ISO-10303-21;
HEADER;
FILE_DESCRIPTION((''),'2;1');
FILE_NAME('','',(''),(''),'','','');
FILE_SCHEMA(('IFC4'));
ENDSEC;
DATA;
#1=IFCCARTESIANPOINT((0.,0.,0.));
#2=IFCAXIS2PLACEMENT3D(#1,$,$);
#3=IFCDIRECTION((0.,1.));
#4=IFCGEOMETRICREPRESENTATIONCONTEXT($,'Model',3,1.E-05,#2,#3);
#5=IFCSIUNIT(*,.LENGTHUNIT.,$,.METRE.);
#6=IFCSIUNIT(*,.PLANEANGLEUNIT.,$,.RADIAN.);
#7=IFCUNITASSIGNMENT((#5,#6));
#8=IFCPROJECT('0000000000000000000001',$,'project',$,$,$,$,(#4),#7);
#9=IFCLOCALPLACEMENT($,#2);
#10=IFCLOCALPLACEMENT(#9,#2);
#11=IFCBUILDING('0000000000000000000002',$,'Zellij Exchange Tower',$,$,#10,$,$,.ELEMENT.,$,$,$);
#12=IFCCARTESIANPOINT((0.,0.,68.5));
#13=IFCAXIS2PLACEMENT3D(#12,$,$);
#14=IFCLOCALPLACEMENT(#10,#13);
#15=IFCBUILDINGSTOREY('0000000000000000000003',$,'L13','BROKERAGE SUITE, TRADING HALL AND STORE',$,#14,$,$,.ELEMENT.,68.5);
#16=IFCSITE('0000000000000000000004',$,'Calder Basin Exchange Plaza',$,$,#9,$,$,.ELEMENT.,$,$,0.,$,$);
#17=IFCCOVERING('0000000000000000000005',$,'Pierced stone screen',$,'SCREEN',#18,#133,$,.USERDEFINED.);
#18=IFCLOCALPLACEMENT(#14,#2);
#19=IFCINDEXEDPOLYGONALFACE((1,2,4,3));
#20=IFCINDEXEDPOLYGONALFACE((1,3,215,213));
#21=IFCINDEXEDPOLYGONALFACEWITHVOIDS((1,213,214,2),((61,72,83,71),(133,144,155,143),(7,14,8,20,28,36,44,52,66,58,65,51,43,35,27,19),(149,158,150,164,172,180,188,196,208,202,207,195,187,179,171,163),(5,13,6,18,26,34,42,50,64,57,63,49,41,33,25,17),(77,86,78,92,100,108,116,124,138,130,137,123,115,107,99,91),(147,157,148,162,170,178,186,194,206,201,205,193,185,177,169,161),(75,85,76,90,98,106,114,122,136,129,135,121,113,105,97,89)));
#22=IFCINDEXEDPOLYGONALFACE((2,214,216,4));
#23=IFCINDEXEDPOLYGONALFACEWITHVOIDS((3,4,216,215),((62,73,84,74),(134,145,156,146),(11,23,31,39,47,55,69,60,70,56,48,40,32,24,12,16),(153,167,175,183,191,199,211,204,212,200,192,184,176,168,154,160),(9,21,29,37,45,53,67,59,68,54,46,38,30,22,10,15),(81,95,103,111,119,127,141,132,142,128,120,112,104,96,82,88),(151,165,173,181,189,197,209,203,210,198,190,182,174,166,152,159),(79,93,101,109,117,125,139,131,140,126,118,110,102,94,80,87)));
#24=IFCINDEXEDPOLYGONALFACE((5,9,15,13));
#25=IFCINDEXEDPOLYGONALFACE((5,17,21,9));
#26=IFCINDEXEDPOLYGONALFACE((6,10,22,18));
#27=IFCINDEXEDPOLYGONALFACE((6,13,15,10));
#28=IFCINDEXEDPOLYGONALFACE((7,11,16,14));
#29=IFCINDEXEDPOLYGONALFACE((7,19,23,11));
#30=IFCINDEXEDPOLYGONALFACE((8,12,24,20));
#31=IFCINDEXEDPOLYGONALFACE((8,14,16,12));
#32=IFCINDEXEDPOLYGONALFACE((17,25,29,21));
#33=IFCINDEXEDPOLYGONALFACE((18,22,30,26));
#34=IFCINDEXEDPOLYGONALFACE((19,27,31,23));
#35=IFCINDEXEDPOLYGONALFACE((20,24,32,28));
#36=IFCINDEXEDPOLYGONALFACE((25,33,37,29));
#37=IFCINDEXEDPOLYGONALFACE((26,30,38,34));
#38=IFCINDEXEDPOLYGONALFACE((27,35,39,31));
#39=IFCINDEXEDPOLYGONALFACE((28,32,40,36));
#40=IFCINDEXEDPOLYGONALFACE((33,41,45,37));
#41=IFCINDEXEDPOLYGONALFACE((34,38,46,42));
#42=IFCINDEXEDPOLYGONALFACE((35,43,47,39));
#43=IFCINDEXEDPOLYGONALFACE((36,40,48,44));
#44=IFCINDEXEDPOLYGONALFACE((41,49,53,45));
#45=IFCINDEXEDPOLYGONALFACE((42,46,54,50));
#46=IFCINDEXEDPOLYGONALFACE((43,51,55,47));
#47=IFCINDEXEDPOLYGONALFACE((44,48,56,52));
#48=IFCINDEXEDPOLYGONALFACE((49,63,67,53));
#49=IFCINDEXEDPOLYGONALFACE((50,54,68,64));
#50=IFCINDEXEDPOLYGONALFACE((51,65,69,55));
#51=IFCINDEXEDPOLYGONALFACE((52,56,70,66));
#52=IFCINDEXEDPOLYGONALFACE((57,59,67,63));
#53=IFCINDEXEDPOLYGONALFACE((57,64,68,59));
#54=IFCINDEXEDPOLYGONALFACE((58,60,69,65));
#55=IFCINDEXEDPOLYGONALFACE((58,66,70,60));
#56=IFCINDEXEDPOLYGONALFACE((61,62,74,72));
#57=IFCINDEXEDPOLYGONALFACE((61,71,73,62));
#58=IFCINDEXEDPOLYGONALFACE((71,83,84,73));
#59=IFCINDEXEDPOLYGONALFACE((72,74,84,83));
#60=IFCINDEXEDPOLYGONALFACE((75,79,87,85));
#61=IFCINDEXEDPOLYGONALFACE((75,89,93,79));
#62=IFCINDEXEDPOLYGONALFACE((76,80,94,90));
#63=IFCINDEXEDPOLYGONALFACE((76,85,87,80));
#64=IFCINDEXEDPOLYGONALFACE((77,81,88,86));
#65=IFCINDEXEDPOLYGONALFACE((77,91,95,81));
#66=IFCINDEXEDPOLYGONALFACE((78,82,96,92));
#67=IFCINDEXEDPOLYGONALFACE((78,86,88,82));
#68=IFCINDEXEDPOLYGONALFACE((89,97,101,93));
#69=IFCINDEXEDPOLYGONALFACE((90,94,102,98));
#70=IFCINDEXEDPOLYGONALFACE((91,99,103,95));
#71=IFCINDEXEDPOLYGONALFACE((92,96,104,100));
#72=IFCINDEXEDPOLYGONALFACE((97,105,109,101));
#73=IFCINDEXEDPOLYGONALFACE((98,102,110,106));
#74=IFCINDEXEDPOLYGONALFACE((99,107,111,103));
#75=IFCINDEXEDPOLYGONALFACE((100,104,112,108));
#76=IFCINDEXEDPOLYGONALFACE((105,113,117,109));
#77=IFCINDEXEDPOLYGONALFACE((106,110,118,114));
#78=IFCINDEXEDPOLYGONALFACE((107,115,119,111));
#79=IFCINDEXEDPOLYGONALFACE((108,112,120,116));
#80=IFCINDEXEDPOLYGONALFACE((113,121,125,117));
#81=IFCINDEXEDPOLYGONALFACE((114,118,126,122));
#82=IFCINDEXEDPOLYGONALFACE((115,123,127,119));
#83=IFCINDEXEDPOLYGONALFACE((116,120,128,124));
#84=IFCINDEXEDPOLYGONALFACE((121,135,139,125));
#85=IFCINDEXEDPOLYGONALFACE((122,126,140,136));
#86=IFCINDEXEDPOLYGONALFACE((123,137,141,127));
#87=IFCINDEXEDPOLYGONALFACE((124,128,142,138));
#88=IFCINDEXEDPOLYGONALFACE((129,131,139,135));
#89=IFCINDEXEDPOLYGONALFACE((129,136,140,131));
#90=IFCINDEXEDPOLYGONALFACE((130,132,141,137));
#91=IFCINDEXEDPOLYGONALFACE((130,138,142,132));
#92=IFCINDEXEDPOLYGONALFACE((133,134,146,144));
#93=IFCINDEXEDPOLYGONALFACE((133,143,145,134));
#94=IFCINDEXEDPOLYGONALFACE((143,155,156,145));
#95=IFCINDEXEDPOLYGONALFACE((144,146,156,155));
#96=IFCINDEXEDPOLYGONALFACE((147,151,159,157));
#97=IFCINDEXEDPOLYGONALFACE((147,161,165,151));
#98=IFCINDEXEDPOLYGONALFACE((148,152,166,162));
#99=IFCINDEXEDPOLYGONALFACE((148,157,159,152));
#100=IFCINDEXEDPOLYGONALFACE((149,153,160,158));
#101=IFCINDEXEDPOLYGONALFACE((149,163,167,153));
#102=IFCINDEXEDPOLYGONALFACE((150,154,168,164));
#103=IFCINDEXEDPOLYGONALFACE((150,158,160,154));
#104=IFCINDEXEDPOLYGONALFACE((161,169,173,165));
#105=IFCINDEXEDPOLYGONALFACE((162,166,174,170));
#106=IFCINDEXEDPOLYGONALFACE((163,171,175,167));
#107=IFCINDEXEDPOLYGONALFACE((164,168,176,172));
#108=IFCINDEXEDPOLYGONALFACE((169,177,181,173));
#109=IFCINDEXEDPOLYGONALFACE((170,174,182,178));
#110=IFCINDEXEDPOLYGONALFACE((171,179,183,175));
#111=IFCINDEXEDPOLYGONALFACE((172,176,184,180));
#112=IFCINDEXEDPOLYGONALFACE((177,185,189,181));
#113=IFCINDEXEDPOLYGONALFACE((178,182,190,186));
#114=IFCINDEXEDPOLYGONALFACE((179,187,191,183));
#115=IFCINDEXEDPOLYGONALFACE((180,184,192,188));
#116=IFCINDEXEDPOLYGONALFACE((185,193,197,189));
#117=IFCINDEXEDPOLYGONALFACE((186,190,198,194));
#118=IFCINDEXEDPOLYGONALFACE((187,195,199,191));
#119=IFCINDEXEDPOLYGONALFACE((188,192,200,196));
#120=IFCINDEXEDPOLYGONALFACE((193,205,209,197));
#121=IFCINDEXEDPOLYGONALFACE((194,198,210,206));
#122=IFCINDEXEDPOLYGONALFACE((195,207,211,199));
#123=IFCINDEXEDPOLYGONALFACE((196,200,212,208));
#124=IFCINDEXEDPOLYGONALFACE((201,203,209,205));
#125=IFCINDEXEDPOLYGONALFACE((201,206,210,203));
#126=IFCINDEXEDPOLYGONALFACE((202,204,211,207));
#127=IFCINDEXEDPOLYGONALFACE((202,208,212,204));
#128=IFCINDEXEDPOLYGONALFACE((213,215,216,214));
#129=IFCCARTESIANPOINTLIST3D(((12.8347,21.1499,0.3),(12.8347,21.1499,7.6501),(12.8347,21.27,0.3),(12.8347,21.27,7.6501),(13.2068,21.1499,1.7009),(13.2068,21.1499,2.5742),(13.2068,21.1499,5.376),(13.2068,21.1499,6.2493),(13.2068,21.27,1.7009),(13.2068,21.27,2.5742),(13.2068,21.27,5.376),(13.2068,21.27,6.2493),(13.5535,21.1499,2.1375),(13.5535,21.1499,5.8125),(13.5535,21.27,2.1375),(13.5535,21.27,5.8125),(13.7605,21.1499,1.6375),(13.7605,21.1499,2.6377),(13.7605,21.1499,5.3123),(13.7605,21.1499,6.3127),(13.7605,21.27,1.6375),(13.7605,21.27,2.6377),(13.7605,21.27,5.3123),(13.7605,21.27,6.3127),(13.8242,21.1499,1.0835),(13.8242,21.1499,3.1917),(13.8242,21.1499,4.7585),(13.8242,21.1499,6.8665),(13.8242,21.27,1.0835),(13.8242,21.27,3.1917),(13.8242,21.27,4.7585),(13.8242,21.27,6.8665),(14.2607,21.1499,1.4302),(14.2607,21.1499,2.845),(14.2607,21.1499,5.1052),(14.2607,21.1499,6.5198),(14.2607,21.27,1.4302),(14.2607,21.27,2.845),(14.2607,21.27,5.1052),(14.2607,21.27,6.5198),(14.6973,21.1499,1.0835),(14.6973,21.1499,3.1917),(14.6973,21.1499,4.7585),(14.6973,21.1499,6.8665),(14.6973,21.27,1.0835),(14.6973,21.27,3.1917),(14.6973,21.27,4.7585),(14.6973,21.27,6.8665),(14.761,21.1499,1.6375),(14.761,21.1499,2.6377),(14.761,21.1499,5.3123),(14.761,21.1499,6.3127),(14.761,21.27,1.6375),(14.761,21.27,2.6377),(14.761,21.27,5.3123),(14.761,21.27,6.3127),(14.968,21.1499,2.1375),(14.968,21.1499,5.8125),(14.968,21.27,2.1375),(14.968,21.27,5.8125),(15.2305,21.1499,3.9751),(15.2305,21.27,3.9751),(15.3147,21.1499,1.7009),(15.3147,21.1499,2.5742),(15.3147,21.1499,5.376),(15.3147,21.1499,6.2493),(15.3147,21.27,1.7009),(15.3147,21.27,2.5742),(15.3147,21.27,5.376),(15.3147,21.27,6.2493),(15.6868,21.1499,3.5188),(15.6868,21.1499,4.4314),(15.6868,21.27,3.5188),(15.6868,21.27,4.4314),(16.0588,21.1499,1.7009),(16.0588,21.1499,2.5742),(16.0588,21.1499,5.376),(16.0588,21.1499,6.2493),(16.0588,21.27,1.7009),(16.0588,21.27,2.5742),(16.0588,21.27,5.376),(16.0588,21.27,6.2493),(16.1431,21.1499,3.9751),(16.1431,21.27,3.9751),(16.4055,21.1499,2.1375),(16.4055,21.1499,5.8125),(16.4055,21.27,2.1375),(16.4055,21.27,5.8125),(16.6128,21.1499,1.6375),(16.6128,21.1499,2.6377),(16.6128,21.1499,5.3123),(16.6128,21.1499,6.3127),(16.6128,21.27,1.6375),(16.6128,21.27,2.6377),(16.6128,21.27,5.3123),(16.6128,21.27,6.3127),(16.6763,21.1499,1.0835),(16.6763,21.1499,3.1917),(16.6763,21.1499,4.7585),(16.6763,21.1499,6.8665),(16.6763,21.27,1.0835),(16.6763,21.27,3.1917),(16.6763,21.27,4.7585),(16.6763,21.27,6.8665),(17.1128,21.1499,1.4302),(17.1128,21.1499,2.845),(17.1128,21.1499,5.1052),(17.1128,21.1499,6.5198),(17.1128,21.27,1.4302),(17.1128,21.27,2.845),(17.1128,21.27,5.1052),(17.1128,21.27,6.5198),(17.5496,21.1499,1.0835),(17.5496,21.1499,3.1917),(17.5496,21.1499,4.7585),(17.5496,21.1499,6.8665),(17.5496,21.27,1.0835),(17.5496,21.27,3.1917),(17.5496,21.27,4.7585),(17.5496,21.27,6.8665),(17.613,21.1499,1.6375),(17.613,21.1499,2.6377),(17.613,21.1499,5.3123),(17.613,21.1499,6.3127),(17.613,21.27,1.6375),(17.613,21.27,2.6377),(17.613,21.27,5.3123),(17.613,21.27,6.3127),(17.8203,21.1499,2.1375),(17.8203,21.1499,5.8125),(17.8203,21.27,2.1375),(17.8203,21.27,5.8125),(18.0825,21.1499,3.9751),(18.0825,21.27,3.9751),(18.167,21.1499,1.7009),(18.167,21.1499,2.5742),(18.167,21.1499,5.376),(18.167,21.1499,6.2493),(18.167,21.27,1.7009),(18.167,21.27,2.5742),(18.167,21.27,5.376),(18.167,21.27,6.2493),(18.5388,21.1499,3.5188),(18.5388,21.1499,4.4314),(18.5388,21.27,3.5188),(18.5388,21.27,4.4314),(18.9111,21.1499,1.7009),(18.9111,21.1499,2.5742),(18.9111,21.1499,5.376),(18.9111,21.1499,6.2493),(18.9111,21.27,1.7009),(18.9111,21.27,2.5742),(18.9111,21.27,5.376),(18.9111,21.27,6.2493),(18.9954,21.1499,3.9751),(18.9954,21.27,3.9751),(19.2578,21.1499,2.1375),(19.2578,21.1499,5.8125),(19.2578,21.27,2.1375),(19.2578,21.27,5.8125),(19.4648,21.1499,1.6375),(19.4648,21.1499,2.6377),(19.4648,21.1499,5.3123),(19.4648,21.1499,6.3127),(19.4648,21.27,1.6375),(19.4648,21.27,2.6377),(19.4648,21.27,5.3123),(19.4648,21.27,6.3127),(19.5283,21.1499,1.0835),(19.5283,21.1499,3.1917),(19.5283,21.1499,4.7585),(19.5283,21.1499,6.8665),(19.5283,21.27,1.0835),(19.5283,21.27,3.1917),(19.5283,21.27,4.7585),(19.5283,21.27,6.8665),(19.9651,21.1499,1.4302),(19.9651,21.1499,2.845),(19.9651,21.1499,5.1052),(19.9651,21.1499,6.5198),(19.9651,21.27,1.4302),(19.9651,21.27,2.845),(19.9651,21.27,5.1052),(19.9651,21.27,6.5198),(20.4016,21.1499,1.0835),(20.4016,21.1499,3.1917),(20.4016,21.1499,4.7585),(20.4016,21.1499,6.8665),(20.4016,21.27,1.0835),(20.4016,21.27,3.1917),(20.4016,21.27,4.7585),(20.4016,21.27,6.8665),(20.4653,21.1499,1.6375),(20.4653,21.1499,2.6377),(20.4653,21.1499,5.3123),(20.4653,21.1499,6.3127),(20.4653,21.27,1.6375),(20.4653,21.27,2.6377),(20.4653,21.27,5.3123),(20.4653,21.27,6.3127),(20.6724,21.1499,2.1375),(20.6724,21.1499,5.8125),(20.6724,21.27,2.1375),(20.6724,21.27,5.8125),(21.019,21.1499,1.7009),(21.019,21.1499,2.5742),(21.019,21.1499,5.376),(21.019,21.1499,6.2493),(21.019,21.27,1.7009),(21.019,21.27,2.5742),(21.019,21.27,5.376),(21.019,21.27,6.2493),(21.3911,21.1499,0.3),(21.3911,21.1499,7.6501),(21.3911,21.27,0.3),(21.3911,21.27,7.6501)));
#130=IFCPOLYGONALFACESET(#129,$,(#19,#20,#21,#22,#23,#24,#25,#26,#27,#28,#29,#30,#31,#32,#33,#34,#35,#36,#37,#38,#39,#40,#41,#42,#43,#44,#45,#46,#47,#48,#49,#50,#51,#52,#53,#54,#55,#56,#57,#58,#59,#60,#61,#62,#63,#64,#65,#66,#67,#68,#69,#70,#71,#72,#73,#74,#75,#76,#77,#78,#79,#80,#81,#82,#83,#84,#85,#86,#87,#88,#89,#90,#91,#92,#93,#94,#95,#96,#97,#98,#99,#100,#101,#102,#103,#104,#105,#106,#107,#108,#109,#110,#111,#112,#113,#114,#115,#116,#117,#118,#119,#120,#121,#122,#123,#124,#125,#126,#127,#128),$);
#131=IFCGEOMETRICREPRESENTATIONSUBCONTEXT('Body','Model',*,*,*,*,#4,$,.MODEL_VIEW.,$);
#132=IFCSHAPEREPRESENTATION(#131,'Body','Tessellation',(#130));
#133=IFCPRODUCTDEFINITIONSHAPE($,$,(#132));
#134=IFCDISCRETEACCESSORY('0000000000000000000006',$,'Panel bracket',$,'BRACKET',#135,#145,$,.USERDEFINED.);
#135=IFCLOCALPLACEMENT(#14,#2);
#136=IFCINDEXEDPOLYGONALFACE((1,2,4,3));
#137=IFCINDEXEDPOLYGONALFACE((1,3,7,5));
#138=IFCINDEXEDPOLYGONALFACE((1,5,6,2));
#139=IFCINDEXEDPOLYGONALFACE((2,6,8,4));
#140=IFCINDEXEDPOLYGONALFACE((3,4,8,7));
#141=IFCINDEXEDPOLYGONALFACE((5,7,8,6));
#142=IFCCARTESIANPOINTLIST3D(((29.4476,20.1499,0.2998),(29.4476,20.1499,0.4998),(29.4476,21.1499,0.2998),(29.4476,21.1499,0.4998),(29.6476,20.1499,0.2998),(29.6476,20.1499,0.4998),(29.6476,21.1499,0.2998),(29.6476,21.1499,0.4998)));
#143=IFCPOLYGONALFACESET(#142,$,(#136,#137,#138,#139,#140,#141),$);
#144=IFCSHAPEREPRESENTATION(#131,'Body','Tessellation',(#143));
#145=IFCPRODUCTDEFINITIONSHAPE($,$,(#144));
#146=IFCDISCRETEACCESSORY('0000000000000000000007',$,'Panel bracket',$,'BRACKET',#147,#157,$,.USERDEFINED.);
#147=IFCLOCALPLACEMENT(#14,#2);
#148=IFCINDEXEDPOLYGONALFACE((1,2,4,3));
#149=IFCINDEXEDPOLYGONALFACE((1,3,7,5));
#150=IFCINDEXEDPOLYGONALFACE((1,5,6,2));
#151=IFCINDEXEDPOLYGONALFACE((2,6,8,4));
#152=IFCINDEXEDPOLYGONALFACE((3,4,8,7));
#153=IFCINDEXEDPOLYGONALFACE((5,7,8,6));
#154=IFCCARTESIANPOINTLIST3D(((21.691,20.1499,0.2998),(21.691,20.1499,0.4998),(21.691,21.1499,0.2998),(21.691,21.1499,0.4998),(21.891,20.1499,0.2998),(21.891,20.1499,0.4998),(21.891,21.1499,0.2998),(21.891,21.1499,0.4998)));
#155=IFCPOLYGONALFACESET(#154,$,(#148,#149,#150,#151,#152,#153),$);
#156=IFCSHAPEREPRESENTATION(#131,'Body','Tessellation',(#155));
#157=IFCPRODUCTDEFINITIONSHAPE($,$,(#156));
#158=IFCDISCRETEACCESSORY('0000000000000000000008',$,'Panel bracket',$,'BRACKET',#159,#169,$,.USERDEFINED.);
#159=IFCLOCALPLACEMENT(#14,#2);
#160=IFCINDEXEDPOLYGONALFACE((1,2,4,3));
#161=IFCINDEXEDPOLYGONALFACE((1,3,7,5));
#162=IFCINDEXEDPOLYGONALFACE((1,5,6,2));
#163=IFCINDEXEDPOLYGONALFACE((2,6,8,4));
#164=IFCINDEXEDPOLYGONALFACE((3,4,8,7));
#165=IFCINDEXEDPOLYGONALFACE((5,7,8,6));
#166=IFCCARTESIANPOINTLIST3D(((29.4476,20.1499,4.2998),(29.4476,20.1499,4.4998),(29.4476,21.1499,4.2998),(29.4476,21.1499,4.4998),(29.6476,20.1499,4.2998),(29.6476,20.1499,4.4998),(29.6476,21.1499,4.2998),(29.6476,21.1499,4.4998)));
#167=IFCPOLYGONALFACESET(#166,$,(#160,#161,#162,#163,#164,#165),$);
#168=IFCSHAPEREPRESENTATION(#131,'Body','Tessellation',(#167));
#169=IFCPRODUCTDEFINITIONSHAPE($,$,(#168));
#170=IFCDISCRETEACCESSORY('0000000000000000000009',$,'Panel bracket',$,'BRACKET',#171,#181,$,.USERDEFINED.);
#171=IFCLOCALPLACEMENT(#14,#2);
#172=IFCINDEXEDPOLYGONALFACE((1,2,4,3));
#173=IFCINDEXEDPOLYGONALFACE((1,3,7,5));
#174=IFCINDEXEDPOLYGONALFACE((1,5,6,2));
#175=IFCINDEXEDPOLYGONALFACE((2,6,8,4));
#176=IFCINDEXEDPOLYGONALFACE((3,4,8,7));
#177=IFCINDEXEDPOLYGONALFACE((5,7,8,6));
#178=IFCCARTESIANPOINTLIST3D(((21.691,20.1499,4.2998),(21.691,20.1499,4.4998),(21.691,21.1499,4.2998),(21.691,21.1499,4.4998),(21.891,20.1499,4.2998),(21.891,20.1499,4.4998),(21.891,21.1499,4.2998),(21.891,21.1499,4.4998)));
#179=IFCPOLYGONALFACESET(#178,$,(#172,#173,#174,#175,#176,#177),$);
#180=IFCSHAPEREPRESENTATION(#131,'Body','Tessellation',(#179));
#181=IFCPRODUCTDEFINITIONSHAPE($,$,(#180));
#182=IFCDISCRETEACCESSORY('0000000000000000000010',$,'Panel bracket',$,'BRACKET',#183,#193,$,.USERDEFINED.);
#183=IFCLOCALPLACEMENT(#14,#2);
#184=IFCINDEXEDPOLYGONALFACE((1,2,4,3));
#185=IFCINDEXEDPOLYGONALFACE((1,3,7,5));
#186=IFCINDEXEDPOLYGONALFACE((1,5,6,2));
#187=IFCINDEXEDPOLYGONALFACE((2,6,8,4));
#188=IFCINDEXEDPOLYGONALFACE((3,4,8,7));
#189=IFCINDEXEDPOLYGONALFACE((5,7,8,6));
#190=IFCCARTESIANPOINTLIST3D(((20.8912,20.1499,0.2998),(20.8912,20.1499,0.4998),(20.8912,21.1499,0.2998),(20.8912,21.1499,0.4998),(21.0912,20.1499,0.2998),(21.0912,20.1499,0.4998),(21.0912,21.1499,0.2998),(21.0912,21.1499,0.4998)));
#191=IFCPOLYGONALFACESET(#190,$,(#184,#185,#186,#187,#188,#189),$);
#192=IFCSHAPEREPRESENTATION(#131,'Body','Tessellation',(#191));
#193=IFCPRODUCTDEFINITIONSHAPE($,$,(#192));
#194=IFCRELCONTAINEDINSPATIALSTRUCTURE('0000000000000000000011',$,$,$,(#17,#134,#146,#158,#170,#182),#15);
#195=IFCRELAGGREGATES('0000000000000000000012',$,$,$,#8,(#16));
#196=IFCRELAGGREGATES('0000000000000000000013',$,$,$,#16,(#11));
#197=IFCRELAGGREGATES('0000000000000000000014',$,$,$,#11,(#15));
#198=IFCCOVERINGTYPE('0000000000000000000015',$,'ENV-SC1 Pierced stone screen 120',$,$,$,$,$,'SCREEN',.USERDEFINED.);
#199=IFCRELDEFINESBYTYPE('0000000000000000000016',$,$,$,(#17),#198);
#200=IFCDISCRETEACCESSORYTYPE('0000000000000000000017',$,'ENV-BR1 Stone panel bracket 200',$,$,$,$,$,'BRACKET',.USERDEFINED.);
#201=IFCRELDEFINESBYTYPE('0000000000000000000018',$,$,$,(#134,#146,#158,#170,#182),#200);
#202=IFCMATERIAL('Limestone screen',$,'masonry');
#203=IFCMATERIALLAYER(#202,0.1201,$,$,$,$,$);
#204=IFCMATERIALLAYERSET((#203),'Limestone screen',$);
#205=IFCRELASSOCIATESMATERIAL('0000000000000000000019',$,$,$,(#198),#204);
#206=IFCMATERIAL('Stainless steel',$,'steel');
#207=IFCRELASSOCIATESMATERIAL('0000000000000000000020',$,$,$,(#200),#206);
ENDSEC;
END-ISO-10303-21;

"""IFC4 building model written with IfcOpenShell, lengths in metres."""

from ifc_helpers import new_model, si_unit, direction, frame, origin, origin_2d, place, context, subcontext, project, spatial, polyline, rectangle, outline, extrude, material, layer, layer_set, type_object, element, save


model = new_model("IFC4")

# Units and contexts
model_context = context("Model", 3, precision=1e-05, world=origin(), true_north=direction((0.0, 1.0)))
body_context = subcontext(model_context, "Body", "Model", "MODEL_VIEW")
ifc_project = project(units=[si_unit("LENGTHUNIT", "METRE"), si_unit("PLANEANGLEUNIT", "RADIAN")], contexts=[model_context])

# Site, building, storey
site_placement = place(None, origin())
site = spatial("IfcSite", under=ifc_project, at=site_placement, Name="Calder Basin Exchange Plaza", CompositionType="ELEMENT", RefElevation=0.0)
building_placement = place(site_placement, origin())
building = spatial("IfcBuilding", under=site, at=building_placement, Name="Zellij Exchange Tower", CompositionType="ELEMENT")
storey_placement = place(building_placement, frame((0.0, 0.0, 68.5)))
storey = spatial("IfcBuildingStorey", under=building, at=storey_placement, Name="L13", Description="BROKERAGE SUITE, TRADING HALL AND STORE", CompositionType="ELEMENT", Elevation=68.5)

# Covering
ifc_material_1 = material(Name="Limestone screen", Category="masonry")
ifc_layer_1 = layer(ifc_material_1, 0.1201)
ifc_layer_set_1 = layer_set([ifc_layer_1], Name="Limestone screen")
covering_type = type_object("IfcCoveringType", Name="ENV-SC1 Pierced stone screen 120", ElementType="SCREEN", PredefinedType="USERDEFINED", material=ifc_layer_set_1)
covering_1_placement = place(storey_placement, frame((21.3911, 21.21, 0.3), z_axis=(0.0, 0.0, 1.0), x_axis=(-1.0, 0.0, 0.0)))
element("IfcCovering", 1, at=covering_1_placement, inside=storey, type_object=covering_type, Name="Pierced stone screen", ObjectType="SCREEN", PredefinedType="USERDEFINED", context=body_context, shape_type="SweptSolid", body=[
    extrude(outline(polyline([(0.0, 0.0), (8.5564, 0.0), (8.5564, 7.3501), (0.0, 7.3501), (0.0, 0.0)]), holes=[polyline([(2.48, 2.2742), (1.9263, 2.3376), (1.8628, 2.8916), (1.426, 2.5449), (0.9895, 2.8916), (0.9258, 2.3376), (0.3721, 2.2742), (0.7188, 1.8374), (0.3721, 1.4009), (0.9258, 1.3374), (0.9895, 0.7834), (1.426, 1.1301), (1.8628, 0.7834), (1.9263, 1.3374), (2.48, 1.4009), (2.1333, 1.8374), (2.48, 2.2742)]), polyline([(2.48, 5.9492), (1.9263, 6.0127), (1.8628, 6.5664), (1.426, 6.2197), (0.9895, 6.5664), (0.9258, 6.0127), (0.3721, 5.9492), (0.7188, 5.5125), (0.3721, 5.0759), (0.9258, 5.0122), (0.9895, 4.4585), (1.426, 4.8052), (1.8628, 4.4585), (1.9263, 5.0122), (2.48, 5.0759), (2.1333, 5.5125), (2.48, 5.9492)]), polyline([(5.3323, 2.2742), (4.7783, 2.3376), (4.7148, 2.8916), (4.2783, 2.5449), (3.8416, 2.8916), (3.7781, 2.3376), (3.2241, 2.2742), (3.5708, 1.8374), (3.2241, 1.4009), (3.7781, 1.3374), (3.8416, 0.7834), (4.2783, 1.1301), (4.7148, 0.7834), (4.7783, 1.3374), (5.3323, 1.4009), (4.9856, 1.8374), (5.3323, 2.2742)]), polyline([(5.3323, 5.9492), (4.7783, 6.0127), (4.7148, 6.5664), (4.2783, 6.2197), (3.8416, 6.5664), (3.7781, 6.0127), (3.2241, 5.9492), (3.5708, 5.5125), (3.2241, 5.0759), (3.7781, 5.0122), (3.8416, 4.4585), (4.2783, 4.8052), (4.7148, 4.4585), (4.7783, 5.0122), (5.3323, 5.0759), (4.9856, 5.5125), (5.3323, 5.9492)]), polyline([(8.1843, 2.2742), (7.6306, 2.3376), (7.5669, 2.8916), (7.1304, 2.5449), (6.6938, 2.8916), (6.6301, 2.3376), (6.0764, 2.2742), (6.4231, 1.8374), (6.0764, 1.4009), (6.6301, 1.3374), (6.6938, 0.7834), (7.1304, 1.1301), (7.5669, 0.7834), (7.6306, 1.3374), (8.1843, 1.4009), (7.8376, 1.8374), (8.1843, 2.2742)]), polyline([(8.1843, 5.9492), (7.6306, 6.0127), (7.5669, 6.5664), (7.1304, 6.2197), (6.6938, 6.5664), (6.6301, 6.0127), (6.0764, 5.9492), (6.4231, 5.5125), (6.0764, 5.0759), (6.6301, 5.0122), (6.6938, 4.4585), (7.1304, 4.8052), (7.5669, 4.4585), (7.6306, 5.0122), (8.1843, 5.0759), (7.8376, 5.5125), (8.1843, 5.9492)]), polyline([(3.3086, 3.675), (2.8523, 4.1313), (2.3958, 3.675), (2.8523, 3.2188), (3.3086, 3.675)]), polyline([(6.1606, 3.675), (5.7043, 4.1313), (5.248, 3.675), (5.7043, 3.2188), (6.1606, 3.675)])]), frame((0.0, 0.0601, 0.0), z_axis=(0.0, -1.0, 0.0), x_axis=(1.0, 0.0, 0.0)), (0.0, 0.0, 1.0), 0.1201),
])

# Discrete accessories
ifc_material_2 = material(Name="Stainless steel", Category="steel")
discrete_accessory_type = type_object("IfcDiscreteAccessoryType", Name="ENV-BR1 Stone panel bracket 200", ElementType="BRACKET", PredefinedType="USERDEFINED", material=ifc_material_2)
for number, where, z_axis, x_axis, name in (
    (2, (29.5476, 20.6499, 0.2998), (0.0, 0.0, 1.0), (-1.0, 0.0, 0.0), "Panel bracket"),
    (3, (21.791, 20.6499, 0.2998), (0.0, 0.0, 1.0), (-1.0, 0.0, 0.0), "Panel bracket"),
    (4, (29.5476, 20.6499, 4.2998), (0.0, 0.0, 1.0), (-1.0, 0.0, 0.0), "Panel bracket"),
    (5, (21.791, 20.6499, 4.2998), (0.0, 0.0, 1.0), (-1.0, 0.0, 0.0), "Panel bracket"),
    (6, (20.9912, 20.6499, 0.2998), (0.0, 0.0, 1.0), (-1.0, 0.0, 0.0), "Panel bracket"),
):
    element("IfcDiscreteAccessory", number, at=place(storey_placement, frame(where, z_axis=z_axis, x_axis=x_axis)), inside=storey, type_object=discrete_accessory_type, Name=name, ObjectType="BRACKET", PredefinedType="USERDEFINED", context=body_context, shape_type="SweptSolid", body=[
        extrude(rectangle(XDim=0.2, YDim=1.0, at=origin_2d()), origin(), (0.0, 0.0, 1.0), 0.2),
    ])

save(model, "model.ifc")
